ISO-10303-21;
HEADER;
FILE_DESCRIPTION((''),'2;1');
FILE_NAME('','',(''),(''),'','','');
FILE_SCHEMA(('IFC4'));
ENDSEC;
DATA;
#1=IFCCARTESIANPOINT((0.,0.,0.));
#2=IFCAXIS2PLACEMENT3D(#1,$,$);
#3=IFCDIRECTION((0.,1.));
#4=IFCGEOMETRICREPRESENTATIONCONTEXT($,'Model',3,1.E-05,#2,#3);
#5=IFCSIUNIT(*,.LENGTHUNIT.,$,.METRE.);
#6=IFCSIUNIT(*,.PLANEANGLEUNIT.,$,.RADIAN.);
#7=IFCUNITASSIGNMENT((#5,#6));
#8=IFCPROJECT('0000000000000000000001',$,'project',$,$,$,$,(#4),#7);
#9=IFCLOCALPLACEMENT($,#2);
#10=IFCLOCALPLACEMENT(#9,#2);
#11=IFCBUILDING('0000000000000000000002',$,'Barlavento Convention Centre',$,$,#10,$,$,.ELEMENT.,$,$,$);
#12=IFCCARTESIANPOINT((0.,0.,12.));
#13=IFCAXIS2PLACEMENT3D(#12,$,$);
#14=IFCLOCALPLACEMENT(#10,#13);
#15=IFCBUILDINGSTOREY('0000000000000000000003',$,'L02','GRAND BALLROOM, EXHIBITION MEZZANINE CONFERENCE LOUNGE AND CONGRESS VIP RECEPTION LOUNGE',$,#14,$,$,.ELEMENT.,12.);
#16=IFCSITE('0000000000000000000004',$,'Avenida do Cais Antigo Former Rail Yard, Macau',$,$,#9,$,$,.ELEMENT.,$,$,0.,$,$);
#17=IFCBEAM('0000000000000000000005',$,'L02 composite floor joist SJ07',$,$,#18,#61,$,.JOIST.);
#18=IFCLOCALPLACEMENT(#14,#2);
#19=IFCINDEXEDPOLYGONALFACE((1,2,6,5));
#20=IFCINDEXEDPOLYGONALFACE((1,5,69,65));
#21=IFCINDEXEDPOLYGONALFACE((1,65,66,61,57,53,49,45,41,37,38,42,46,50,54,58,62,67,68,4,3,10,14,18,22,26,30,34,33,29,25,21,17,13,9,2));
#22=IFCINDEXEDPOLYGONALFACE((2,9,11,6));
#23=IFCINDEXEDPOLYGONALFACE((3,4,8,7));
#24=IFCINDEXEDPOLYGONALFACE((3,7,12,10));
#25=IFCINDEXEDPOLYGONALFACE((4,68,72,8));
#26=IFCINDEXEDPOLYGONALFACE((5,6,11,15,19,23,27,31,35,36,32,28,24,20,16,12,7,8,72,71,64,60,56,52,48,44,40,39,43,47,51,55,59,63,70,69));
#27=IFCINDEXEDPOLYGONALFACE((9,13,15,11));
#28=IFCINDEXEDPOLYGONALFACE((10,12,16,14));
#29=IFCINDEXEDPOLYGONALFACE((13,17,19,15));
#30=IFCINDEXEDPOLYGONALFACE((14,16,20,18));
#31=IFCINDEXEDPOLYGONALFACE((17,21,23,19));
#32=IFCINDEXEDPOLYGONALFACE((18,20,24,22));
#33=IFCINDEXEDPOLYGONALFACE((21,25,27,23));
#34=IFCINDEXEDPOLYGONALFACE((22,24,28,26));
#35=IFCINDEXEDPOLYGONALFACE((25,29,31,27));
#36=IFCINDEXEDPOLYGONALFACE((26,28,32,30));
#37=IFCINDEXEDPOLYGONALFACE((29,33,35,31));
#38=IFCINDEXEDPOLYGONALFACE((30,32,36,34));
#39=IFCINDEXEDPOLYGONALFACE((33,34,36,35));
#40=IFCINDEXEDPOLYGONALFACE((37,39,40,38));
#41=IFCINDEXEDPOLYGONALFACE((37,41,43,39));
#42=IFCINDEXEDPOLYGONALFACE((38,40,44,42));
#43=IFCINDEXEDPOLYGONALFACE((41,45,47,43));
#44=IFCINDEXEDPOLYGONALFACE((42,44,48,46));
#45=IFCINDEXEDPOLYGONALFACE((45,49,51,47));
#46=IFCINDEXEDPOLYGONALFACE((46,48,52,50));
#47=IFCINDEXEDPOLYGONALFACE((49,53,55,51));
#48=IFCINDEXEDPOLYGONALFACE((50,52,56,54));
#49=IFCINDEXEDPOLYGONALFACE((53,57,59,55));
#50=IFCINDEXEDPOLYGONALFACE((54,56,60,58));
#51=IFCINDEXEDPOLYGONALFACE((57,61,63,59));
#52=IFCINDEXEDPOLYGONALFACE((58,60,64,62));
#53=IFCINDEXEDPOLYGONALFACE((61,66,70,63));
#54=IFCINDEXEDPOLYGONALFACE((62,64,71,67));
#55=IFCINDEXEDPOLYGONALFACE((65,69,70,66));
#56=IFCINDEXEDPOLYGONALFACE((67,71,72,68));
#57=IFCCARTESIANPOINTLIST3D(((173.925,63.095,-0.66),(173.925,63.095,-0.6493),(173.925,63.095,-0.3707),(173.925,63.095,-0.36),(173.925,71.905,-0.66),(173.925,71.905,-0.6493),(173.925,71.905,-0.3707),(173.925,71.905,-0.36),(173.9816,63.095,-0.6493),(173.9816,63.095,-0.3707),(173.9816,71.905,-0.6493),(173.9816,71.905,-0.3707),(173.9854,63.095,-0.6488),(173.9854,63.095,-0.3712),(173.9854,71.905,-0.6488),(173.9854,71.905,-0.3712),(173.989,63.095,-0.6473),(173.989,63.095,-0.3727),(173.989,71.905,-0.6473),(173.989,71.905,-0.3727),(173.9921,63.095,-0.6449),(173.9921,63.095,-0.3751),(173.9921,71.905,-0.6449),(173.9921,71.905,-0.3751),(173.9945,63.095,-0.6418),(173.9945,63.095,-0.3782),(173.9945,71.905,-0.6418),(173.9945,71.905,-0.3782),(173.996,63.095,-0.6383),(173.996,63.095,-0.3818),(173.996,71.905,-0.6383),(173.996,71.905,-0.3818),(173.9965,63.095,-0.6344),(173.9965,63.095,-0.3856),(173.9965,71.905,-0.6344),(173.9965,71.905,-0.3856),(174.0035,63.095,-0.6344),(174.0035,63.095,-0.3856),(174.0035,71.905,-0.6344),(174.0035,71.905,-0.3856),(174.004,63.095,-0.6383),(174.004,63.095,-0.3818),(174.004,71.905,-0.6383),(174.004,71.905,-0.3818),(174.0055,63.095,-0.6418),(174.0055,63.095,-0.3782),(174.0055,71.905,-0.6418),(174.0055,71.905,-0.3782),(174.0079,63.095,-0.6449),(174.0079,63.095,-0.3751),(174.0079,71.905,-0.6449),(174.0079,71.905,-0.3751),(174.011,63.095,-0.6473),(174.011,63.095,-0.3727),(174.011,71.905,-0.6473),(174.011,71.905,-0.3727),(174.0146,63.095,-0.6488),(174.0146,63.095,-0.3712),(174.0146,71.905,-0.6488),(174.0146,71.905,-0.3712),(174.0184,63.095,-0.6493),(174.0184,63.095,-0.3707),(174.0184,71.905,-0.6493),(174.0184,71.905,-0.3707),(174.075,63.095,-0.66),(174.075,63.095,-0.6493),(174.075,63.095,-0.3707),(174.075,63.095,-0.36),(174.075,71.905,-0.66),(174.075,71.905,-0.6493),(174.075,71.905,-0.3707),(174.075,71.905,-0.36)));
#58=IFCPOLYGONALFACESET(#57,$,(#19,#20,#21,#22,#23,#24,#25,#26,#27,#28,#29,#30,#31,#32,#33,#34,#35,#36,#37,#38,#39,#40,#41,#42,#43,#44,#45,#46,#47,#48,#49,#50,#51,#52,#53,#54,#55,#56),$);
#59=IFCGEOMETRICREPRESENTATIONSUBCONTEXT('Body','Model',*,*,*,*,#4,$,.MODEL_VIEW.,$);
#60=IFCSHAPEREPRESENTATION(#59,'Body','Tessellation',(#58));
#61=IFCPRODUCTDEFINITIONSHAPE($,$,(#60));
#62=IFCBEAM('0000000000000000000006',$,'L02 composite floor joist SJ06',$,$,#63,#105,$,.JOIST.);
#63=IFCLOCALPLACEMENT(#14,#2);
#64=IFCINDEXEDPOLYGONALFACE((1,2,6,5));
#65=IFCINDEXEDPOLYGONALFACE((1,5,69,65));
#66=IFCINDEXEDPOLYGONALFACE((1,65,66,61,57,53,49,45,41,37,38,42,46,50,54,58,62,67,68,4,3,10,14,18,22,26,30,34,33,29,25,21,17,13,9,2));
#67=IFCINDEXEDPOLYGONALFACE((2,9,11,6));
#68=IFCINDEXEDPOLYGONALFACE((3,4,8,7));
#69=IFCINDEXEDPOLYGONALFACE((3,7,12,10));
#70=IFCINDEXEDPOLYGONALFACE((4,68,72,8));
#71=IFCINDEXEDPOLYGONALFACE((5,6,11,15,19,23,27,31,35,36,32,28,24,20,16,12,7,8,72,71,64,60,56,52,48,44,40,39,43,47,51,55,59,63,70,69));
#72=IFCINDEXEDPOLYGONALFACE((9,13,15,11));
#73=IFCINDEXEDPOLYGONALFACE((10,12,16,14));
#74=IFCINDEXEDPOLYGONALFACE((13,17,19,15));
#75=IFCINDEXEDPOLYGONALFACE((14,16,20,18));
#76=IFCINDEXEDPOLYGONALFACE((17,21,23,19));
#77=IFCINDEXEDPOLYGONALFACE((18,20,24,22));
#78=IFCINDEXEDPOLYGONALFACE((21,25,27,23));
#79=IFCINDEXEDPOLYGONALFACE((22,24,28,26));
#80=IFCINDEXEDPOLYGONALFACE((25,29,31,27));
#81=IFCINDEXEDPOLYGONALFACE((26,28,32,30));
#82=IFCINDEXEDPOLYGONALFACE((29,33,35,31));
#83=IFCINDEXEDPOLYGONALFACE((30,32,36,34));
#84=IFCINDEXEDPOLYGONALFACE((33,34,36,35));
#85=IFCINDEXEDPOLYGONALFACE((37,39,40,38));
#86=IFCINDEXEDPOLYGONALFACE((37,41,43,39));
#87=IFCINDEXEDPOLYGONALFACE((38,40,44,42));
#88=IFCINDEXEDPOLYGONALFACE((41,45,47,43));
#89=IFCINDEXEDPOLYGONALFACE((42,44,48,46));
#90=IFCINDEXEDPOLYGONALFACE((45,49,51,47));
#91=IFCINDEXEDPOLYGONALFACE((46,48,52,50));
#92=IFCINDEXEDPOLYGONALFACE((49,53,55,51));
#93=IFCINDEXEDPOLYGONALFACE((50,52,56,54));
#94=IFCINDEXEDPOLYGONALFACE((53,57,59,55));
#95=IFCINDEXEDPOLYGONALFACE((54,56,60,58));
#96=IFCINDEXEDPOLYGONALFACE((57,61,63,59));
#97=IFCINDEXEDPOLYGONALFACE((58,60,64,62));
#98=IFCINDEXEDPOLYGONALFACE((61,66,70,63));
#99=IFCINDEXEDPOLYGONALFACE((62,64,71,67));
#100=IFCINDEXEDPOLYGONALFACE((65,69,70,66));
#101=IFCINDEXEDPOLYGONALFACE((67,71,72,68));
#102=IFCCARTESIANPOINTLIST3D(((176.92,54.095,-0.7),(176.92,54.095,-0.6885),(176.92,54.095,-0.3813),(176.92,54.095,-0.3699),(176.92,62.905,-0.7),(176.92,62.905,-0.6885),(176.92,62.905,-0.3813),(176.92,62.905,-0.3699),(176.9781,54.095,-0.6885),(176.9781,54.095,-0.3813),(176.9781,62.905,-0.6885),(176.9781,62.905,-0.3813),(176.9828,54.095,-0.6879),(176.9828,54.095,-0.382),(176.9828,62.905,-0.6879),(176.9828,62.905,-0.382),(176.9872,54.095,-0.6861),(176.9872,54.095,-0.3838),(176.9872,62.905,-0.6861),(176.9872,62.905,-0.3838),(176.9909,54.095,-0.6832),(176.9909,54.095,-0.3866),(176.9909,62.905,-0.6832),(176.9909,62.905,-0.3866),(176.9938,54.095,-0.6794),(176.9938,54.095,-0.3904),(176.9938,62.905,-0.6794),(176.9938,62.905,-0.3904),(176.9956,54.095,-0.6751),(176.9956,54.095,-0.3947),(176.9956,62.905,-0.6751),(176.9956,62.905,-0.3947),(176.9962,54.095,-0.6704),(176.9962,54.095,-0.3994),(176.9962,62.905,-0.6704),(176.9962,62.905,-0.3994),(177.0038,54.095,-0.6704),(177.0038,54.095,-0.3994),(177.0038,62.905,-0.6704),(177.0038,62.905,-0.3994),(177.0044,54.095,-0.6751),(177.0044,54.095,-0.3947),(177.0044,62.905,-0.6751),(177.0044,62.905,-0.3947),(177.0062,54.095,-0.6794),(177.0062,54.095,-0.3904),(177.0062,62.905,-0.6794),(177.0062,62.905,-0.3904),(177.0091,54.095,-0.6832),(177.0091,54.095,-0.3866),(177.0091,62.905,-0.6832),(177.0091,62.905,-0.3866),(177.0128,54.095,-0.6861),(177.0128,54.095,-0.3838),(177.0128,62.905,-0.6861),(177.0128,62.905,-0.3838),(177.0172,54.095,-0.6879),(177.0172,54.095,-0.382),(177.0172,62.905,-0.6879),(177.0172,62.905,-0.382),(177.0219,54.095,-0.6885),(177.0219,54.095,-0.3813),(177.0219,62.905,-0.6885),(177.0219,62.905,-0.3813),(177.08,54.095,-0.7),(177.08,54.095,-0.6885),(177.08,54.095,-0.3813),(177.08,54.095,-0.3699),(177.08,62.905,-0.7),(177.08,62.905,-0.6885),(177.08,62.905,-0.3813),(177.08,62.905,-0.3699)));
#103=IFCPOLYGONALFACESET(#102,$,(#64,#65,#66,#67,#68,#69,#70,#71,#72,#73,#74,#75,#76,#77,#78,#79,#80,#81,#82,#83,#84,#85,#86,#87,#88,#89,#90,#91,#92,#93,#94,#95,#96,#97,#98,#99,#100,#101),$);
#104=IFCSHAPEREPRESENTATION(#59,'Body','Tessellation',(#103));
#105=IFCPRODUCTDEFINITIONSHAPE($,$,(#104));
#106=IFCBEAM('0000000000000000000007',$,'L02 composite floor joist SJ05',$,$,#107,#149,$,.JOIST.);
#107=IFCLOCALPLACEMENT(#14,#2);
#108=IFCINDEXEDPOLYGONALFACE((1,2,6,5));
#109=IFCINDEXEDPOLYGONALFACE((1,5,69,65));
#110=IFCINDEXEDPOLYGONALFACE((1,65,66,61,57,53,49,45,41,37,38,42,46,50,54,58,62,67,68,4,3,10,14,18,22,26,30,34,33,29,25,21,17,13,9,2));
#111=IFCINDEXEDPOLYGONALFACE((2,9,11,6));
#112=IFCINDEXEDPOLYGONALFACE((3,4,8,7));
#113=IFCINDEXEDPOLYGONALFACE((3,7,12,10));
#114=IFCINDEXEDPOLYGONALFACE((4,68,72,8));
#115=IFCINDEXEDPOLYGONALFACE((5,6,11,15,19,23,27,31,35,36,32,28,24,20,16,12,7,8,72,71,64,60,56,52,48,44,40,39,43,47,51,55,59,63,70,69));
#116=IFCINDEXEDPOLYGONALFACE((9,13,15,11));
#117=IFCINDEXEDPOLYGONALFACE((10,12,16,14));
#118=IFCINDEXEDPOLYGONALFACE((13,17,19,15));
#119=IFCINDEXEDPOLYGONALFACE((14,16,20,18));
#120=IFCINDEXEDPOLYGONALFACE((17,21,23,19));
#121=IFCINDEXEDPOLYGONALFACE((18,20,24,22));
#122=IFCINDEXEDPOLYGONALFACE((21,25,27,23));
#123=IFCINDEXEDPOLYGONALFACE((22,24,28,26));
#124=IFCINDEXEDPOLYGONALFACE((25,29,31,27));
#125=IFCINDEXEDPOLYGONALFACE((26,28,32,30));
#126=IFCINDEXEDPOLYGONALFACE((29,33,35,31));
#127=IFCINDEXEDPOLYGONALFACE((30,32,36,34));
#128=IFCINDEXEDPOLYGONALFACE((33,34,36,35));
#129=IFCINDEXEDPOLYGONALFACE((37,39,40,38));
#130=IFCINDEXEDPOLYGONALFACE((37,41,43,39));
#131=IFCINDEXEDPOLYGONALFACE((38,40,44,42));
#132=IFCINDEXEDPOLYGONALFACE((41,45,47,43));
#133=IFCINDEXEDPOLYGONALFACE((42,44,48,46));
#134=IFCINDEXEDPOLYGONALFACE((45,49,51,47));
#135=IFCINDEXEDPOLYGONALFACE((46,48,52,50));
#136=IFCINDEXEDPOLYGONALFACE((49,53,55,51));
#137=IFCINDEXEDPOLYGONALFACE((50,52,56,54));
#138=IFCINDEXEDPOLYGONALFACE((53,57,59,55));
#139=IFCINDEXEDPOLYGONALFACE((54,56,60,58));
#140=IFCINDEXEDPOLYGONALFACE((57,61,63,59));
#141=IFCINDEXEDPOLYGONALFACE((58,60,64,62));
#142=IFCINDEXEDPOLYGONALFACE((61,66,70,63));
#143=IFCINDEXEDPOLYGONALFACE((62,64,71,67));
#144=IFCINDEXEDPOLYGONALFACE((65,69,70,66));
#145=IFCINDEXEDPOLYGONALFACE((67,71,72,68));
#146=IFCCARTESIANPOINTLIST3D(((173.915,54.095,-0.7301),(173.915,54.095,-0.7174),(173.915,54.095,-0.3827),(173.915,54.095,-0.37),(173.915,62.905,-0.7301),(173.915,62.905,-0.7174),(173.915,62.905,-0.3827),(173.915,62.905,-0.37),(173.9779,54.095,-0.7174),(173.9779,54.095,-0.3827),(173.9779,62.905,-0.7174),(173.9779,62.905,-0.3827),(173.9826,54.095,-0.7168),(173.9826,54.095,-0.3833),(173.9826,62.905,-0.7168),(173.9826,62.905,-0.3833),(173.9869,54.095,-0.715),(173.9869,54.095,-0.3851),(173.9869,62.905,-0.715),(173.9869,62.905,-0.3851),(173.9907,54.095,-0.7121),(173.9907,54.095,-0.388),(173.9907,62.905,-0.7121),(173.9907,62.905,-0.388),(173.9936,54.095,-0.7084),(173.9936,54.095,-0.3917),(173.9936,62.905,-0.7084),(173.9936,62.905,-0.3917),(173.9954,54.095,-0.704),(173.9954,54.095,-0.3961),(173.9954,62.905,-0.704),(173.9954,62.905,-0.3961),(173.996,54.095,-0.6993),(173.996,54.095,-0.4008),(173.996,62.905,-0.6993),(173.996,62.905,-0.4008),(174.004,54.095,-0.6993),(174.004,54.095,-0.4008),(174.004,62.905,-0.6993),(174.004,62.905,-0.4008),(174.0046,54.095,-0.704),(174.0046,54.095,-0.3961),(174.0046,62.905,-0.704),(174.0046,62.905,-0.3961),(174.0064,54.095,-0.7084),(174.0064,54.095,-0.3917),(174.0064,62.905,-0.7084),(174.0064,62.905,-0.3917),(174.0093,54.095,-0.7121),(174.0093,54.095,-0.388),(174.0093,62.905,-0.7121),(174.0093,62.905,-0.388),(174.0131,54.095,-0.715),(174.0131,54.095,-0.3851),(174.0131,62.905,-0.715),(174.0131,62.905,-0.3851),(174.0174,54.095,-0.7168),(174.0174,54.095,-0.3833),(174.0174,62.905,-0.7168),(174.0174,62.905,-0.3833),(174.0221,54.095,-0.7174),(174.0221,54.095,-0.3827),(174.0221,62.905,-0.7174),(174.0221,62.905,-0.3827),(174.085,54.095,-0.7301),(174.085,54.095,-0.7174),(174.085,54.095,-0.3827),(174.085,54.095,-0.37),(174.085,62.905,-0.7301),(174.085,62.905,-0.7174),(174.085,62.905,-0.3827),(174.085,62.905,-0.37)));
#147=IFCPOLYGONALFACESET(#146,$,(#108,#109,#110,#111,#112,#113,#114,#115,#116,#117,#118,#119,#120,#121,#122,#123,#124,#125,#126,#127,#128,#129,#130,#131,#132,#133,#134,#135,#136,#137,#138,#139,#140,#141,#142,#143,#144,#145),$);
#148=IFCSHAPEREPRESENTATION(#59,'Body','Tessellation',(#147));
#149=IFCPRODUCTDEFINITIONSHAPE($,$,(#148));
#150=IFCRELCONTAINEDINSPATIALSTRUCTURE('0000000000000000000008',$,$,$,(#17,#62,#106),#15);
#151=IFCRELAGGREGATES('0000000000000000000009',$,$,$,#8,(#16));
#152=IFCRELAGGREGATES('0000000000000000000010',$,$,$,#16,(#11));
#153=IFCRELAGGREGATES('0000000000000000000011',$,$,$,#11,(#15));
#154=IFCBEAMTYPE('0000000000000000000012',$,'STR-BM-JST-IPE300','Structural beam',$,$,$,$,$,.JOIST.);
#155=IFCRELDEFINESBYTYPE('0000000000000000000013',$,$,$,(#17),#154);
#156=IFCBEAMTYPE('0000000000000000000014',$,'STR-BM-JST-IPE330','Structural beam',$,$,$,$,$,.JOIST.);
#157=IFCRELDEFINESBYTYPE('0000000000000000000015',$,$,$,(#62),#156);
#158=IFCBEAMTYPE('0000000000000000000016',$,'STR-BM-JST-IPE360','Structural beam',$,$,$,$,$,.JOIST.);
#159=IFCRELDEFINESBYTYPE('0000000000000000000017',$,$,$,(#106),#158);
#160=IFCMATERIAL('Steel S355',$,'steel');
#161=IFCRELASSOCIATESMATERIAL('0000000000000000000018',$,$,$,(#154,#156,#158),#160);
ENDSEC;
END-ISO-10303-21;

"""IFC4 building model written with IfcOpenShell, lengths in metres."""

from ifc_helpers import new_model, si_unit, direction, frame, origin, origin_2d, place, context, subcontext, project, spatial, i_section, extrude, material, material_profile, profile_set, type_object, element, save


model = new_model("IFC4")

# Units and contexts
model_context = context("Model", 3, precision=1e-05, world=origin(), true_north=direction((0.0, 1.0)))
body_context = subcontext(model_context, "Body", "Model", "MODEL_VIEW")
ifc_project = project(units=[si_unit("LENGTHUNIT", "METRE"), si_unit("PLANEANGLEUNIT", "RADIAN")], contexts=[model_context])

# Site, building, storey
site_placement = place(None, origin())
site = spatial("IfcSite", under=ifc_project, at=site_placement, Name="Avenida do Cais Antigo Former Rail Yard, Macau", CompositionType="ELEMENT", RefElevation=0.0)
building_placement = place(site_placement, origin())
building = spatial("IfcBuilding", under=site, at=building_placement, Name="Barlavento Convention Centre", CompositionType="ELEMENT")
storey_placement = place(building_placement, frame((0.0, 0.0, 12.0)))
storey = spatial("IfcBuildingStorey", under=building, at=storey_placement, Name="L02", Description="GRAND BALLROOM, EXHIBITION MEZZANINE CONFERENCE LOUNGE AND CONGRESS VIP RECEPTION LOUNGE", CompositionType="ELEMENT", Elevation=12.0)

# Shared definitions
ifc_material_1 = material(Name="Steel S355", Category="steel")

# Beams
ifc_material_profile_1 = material_profile(ifc_material_1, i_section(OverallWidth=0.1499, OverallDepth=0.3, WebThickness=0.0071, FlangeThickness=0.0107, FilletRadius=0.0149, at=origin_2d()), Name="IPE 300")
ifc_profile_set_1 = profile_set([ifc_material_profile_1], Name="Steel S355")
beam_type_1 = type_object("IfcBeamType", Name="STR-BM-JST-IPE300", Description="Structural beam", PredefinedType="JOIST", material=ifc_profile_set_1)
beam_1_placement = place(storey_placement, frame((174.0, 63.095, -0.51), z_axis=(0.0, 1.0, 0.0), x_axis=(-1.0, 0.0, 0.0)))
element("IfcBeam", 1, at=beam_1_placement, inside=storey, type_object=beam_type_1, Name="L02 composite floor joist SJ07", PredefinedType="JOIST", context=body_context, shape_type="SweptSolid", body=[
    extrude(i_section(OverallWidth=0.1499, OverallDepth=0.3, WebThickness=0.0071, FlangeThickness=0.0107, FilletRadius=0.0149, at=origin_2d()), origin(), (0.0, 0.0, 1.0), 8.8101),
])
ifc_material_profile_2 = material_profile(ifc_material_1, i_section(OverallWidth=0.1599, OverallDepth=0.3301, WebThickness=0.0076, FlangeThickness=0.0115, FilletRadius=0.0181, at=origin_2d()), Name="IPE 330")
ifc_profile_set_2 = profile_set([ifc_material_profile_2], Name="Steel S355")
beam_type_2 = type_object("IfcBeamType", Name="STR-BM-JST-IPE330", Description="Structural beam", PredefinedType="JOIST", material=ifc_profile_set_2)
beam_2_placement = place(storey_placement, frame((177.0, 54.095, -0.5349), z_axis=(0.0, 1.0, 0.0), x_axis=(-1.0, 0.0, 0.0)))
element("IfcBeam", 2, at=beam_2_placement, inside=storey, type_object=beam_type_2, Name="L02 composite floor joist SJ06", PredefinedType="JOIST", context=body_context, shape_type="SweptSolid", body=[
    extrude(i_section(OverallWidth=0.1599, OverallDepth=0.3301, WebThickness=0.0076, FlangeThickness=0.0115, FilletRadius=0.0181, at=origin_2d()), origin(), (0.0, 0.0, 1.0), 8.8101),
])
ifc_material_profile_3 = material_profile(ifc_material_1, i_section(OverallWidth=0.1699, OverallDepth=0.3601, WebThickness=0.0081, FlangeThickness=0.0127, FilletRadius=0.0181, at=origin_2d()), Name="IPE 360")
ifc_profile_set_3 = profile_set([ifc_material_profile_3], Name="Steel S355")
beam_type_3 = type_object("IfcBeamType", Name="STR-BM-JST-IPE360", Description="Structural beam", PredefinedType="JOIST", material=ifc_profile_set_3)
beam_3_placement = place(storey_placement, frame((174.0, 54.095, -0.55), z_axis=(0.0, 1.0, 0.0), x_axis=(-1.0, 0.0, 0.0)))
element("IfcBeam", 3, at=beam_3_placement, inside=storey, type_object=beam_type_3, Name="L02 composite floor joist SJ05", PredefinedType="JOIST", context=body_context, shape_type="SweptSolid", body=[
    extrude(i_section(OverallWidth=0.1699, OverallDepth=0.3601, WebThickness=0.0081, FlangeThickness=0.0127, FilletRadius=0.0181, at=origin_2d()), origin(), (0.0, 0.0, 1.0), 8.8101),
])

save(model, "model.ifc")
